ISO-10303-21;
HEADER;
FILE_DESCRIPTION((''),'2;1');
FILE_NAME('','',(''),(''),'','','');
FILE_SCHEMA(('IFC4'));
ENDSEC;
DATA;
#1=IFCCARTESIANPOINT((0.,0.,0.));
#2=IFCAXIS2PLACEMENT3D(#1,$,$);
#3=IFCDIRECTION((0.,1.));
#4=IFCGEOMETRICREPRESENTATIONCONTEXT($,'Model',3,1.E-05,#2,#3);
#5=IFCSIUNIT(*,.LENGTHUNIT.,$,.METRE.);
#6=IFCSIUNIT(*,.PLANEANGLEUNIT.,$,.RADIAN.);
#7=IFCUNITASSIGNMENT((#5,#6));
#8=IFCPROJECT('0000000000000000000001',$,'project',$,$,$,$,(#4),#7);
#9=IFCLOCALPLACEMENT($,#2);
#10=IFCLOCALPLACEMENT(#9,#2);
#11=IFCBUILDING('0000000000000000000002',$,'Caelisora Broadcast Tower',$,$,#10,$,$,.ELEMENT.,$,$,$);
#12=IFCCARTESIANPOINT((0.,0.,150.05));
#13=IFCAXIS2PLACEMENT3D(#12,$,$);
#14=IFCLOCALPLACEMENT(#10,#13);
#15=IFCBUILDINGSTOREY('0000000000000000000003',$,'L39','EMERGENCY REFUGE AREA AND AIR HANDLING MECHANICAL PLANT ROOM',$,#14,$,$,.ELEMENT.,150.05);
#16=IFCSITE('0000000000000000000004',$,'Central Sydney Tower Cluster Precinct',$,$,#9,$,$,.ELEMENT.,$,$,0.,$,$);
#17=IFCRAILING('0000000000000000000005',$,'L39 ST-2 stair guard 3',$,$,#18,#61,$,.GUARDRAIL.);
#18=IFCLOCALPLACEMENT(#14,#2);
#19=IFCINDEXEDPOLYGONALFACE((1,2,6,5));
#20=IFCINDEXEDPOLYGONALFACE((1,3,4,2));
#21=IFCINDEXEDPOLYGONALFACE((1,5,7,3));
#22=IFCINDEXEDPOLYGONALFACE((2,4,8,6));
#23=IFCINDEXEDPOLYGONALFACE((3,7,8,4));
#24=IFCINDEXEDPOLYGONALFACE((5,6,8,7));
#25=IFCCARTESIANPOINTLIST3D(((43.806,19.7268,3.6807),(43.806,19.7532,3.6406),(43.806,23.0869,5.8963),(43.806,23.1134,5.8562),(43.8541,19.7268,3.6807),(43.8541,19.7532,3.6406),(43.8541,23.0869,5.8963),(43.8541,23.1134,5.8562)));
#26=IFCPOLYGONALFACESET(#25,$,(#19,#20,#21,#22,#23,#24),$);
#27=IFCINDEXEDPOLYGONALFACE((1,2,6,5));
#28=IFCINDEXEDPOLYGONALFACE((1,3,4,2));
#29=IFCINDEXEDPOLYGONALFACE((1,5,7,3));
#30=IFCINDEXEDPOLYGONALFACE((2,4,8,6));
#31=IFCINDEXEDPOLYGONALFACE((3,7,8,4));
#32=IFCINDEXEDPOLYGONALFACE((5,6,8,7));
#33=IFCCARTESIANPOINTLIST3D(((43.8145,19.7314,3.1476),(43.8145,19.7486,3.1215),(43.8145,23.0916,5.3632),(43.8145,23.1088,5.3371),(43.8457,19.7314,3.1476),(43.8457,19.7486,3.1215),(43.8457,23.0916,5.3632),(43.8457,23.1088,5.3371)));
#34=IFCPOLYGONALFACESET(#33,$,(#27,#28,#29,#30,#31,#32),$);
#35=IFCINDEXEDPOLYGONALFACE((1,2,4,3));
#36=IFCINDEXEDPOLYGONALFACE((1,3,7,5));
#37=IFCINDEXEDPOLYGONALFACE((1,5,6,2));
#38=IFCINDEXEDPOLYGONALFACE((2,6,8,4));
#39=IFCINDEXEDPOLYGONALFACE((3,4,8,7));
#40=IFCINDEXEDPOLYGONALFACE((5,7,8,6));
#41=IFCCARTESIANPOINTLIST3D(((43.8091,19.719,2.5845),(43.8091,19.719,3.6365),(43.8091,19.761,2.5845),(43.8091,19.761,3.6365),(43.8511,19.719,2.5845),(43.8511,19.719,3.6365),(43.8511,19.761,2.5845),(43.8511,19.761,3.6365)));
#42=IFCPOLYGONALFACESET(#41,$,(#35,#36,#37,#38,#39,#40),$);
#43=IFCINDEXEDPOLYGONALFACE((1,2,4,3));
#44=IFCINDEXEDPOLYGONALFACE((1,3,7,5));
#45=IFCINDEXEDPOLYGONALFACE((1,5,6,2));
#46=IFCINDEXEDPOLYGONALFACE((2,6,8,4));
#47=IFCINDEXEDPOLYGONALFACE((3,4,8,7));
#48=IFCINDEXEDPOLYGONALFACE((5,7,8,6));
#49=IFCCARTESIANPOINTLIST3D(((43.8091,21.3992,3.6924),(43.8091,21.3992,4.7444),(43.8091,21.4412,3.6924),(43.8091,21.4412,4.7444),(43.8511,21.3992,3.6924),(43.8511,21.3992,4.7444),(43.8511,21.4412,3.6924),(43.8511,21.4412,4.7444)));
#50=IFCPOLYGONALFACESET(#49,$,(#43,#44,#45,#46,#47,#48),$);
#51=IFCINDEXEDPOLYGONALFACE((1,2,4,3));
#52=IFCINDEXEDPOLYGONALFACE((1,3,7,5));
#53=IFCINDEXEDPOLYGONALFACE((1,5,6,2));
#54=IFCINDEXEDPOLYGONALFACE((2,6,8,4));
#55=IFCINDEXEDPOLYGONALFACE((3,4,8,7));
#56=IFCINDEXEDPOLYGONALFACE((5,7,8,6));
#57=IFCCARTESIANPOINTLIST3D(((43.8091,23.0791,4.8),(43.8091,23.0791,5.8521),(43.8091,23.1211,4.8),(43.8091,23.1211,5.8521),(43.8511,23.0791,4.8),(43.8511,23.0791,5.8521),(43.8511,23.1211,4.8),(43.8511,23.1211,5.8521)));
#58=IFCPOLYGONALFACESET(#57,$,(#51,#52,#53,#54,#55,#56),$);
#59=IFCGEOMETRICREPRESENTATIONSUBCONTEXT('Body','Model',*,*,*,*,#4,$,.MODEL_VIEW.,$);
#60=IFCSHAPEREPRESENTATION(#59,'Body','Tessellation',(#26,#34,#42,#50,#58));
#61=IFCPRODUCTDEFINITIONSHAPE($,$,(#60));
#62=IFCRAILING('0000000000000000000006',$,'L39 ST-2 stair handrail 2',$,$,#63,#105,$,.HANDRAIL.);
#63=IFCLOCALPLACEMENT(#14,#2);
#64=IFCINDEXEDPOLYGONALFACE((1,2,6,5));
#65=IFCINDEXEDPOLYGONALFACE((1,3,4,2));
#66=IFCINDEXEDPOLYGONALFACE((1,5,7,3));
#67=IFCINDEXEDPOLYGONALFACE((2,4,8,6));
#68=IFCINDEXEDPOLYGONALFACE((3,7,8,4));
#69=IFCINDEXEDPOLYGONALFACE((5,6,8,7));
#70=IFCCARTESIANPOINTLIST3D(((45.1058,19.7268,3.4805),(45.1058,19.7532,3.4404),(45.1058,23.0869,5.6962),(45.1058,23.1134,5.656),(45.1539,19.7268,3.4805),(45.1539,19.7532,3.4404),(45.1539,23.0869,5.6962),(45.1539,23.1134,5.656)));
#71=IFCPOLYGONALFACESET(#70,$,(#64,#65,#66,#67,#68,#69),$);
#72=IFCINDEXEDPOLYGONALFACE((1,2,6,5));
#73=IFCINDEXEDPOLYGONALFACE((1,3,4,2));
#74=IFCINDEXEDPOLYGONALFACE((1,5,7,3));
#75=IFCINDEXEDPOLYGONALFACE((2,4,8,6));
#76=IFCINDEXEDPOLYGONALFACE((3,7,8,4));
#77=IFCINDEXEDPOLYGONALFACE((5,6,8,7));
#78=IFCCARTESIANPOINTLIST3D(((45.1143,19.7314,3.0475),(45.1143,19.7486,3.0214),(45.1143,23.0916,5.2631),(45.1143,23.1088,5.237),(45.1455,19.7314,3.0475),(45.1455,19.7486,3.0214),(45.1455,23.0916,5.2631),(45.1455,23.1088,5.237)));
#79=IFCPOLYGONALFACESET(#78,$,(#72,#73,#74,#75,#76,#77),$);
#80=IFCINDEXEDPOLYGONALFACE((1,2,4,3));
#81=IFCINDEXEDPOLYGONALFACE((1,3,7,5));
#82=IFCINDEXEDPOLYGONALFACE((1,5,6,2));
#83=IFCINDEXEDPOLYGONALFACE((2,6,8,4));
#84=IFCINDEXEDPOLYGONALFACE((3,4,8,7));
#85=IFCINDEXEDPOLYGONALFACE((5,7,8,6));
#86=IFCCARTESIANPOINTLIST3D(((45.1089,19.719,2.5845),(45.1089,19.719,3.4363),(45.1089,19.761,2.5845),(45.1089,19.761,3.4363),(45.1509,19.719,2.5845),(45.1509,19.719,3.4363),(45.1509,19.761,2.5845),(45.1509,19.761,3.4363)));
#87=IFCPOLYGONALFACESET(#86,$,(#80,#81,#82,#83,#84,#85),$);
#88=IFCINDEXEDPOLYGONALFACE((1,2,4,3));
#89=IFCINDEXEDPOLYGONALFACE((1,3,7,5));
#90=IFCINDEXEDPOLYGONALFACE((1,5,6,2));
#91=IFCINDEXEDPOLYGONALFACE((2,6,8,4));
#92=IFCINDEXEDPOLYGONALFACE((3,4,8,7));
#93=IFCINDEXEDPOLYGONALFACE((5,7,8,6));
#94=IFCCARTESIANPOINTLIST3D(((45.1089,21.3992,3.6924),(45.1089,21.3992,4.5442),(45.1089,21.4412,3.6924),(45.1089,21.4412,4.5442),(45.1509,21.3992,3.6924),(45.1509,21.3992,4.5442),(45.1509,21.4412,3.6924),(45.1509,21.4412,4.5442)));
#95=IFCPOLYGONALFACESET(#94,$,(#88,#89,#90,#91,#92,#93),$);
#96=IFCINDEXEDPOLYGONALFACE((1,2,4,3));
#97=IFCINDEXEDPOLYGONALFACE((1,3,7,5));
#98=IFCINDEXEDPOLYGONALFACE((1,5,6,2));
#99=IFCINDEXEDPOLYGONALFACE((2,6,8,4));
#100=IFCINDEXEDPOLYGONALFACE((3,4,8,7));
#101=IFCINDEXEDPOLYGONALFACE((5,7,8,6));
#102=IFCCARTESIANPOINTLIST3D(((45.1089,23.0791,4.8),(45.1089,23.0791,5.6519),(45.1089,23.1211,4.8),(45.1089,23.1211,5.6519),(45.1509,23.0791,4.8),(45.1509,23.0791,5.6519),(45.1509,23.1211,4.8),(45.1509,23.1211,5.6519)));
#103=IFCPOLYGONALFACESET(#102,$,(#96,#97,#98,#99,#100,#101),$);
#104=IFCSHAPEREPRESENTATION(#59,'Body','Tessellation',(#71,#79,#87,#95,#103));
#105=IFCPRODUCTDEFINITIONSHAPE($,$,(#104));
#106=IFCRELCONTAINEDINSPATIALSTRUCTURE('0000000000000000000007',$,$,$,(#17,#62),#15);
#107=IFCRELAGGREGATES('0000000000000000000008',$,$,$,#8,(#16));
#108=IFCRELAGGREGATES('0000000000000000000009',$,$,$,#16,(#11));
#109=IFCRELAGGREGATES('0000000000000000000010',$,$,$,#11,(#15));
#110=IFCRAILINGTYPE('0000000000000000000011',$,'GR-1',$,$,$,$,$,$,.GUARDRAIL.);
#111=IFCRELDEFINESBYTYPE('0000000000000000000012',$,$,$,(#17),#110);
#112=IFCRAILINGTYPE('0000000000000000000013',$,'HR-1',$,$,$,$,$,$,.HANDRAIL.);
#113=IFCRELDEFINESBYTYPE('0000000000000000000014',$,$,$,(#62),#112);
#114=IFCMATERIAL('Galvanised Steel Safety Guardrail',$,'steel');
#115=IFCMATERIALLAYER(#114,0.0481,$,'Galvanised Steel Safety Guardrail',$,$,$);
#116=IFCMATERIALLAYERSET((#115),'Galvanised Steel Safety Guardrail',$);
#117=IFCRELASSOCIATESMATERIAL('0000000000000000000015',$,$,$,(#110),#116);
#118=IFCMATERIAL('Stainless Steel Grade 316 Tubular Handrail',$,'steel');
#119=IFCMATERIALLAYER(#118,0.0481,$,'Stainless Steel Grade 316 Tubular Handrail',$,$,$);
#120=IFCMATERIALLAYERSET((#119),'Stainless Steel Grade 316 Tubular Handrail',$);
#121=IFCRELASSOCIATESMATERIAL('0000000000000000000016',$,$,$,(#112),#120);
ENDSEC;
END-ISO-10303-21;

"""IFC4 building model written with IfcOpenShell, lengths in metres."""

from ifc_helpers import new_model, si_unit, direction, frame, origin, origin_2d, place, context, subcontext, project, spatial, rectangle, extrude, material, layer, layer_set, type_object, element, save


model = new_model("IFC4")

# Units and contexts
model_context = context("Model", 3, precision=1e-05, world=origin(), true_north=direction((0.0, 1.0)))
body_context = subcontext(model_context, "Body", "Model", "MODEL_VIEW")
ifc_project = project(units=[si_unit("LENGTHUNIT", "METRE"), si_unit("PLANEANGLEUNIT", "RADIAN")], contexts=[model_context])

# Site, building, storey
site_placement = place(None, origin())
site = spatial("IfcSite", under=ifc_project, at=site_placement, Name="Central Sydney Tower Cluster Precinct", CompositionType="ELEMENT", RefElevation=0.0)
building_placement = place(site_placement, origin())
building = spatial("IfcBuilding", under=site, at=building_placement, Name="Caelisora Broadcast Tower", CompositionType="ELEMENT")
storey_placement = place(building_placement, frame((0.0, 0.0, 150.05)))
storey = spatial("IfcBuildingStorey", under=building, at=storey_placement, Name="L39", Description="EMERGENCY REFUGE AREA AND AIR HANDLING MECHANICAL PLANT ROOM", CompositionType="ELEMENT", Elevation=150.05)

# Railings
ifc_material_1 = material(Name="Galvanised Steel Safety Guardrail", Category="steel")
ifc_layer_1 = layer(ifc_material_1, 0.0481, Name="Galvanised Steel Safety Guardrail")
ifc_layer_set_1 = layer_set([ifc_layer_1], Name="Galvanised Steel Safety Guardrail")
railing_type_1 = type_object("IfcRailingType", Name="GR-1", PredefinedType="GUARDRAIL", material=ifc_layer_set_1)
railing_1_placement = place(storey_placement, frame((43.8301, 19.74, 2.5845)))
element("IfcRailing", 1, at=railing_1_placement, inside=storey, type_object=railing_type_1, Name="L39 ST-2 stair guard 3", PredefinedType="GUARDRAIL", context=body_context, shape_type="SweptSolid", body=[
    extrude(rectangle(XDim=0.0481, YDim=0.0481, at=origin_2d()), frame((0.0, 0.0, 1.0762), z_axis=(0.0, 0.834849, 0.55048), x_axis=(-1.0, 0.0, 0.0)), (0.0, 0.0, 1.0), 4.0249),
    extrude(rectangle(XDim=0.0312, YDim=0.0312, at=origin_2d()), frame((0.0, 0.0, 0.55), z_axis=(0.0, 0.834849, 0.55048), x_axis=(-1.0, 0.0, 0.0)), (0.0, 0.0, 1.0), 4.0249),
    extrude(rectangle(XDim=0.042, YDim=0.042, at=origin_2d()), origin(), (0.0, 0.0, 1.0), 1.052),
    extrude(rectangle(XDim=0.042, YDim=0.042, at=origin_2d()), frame((0.0, 1.6802, 1.1079)), (0.0, 0.0, 1.0), 1.052),
    extrude(rectangle(XDim=0.042, YDim=0.042, at=origin_2d()), frame((0.0, 3.3601, 2.2156)), (0.0, 0.0, 1.0), 1.052),
])
ifc_material_2 = material(Name="Stainless Steel Grade 316 Tubular Handrail", Category="steel")
ifc_layer_2 = layer(ifc_material_2, 0.0481, Name="Stainless Steel Grade 316 Tubular Handrail")
ifc_layer_set_2 = layer_set([ifc_layer_2], Name="Stainless Steel Grade 316 Tubular Handrail")
railing_type_2 = type_object("IfcRailingType", Name="HR-1", PredefinedType="HANDRAIL", material=ifc_layer_set_2)
railing_2_placement = place(storey_placement, frame((45.1299, 19.74, 2.5845)))
element("IfcRailing", 2, at=railing_2_placement, inside=storey, type_object=railing_type_2, Name="L39 ST-2 stair handrail 2", PredefinedType="HANDRAIL", context=body_context, shape_type="SweptSolid", body=[
    extrude(rectangle(XDim=0.0481, YDim=0.0481, at=origin_2d()), frame((0.0, 0.0, 0.876), z_axis=(0.0, 0.834849, 0.55048), x_axis=(-1.0, 0.0, 0.0)), (0.0, 0.0, 1.0), 4.0249),
    extrude(rectangle(XDim=0.0312, YDim=0.0312, at=origin_2d()), frame((0.0, 0.0, 0.45), z_axis=(0.0, 0.834849, 0.55048), x_axis=(-1.0, 0.0, 0.0)), (0.0, 0.0, 1.0), 4.0249),
    extrude(rectangle(XDim=0.042, YDim=0.042, at=origin_2d()), origin(), (0.0, 0.0, 1.0), 0.8518),
    extrude(rectangle(XDim=0.042, YDim=0.042, at=origin_2d()), frame((0.0, 1.6802, 1.1079)), (0.0, 0.0, 1.0), 0.8518),
    extrude(rectangle(XDim=0.042, YDim=0.042, at=origin_2d()), frame((0.0, 3.3601, 2.2156)), (0.0, 0.0, 1.0), 0.8518),
])

save(model, "model.ifc")
